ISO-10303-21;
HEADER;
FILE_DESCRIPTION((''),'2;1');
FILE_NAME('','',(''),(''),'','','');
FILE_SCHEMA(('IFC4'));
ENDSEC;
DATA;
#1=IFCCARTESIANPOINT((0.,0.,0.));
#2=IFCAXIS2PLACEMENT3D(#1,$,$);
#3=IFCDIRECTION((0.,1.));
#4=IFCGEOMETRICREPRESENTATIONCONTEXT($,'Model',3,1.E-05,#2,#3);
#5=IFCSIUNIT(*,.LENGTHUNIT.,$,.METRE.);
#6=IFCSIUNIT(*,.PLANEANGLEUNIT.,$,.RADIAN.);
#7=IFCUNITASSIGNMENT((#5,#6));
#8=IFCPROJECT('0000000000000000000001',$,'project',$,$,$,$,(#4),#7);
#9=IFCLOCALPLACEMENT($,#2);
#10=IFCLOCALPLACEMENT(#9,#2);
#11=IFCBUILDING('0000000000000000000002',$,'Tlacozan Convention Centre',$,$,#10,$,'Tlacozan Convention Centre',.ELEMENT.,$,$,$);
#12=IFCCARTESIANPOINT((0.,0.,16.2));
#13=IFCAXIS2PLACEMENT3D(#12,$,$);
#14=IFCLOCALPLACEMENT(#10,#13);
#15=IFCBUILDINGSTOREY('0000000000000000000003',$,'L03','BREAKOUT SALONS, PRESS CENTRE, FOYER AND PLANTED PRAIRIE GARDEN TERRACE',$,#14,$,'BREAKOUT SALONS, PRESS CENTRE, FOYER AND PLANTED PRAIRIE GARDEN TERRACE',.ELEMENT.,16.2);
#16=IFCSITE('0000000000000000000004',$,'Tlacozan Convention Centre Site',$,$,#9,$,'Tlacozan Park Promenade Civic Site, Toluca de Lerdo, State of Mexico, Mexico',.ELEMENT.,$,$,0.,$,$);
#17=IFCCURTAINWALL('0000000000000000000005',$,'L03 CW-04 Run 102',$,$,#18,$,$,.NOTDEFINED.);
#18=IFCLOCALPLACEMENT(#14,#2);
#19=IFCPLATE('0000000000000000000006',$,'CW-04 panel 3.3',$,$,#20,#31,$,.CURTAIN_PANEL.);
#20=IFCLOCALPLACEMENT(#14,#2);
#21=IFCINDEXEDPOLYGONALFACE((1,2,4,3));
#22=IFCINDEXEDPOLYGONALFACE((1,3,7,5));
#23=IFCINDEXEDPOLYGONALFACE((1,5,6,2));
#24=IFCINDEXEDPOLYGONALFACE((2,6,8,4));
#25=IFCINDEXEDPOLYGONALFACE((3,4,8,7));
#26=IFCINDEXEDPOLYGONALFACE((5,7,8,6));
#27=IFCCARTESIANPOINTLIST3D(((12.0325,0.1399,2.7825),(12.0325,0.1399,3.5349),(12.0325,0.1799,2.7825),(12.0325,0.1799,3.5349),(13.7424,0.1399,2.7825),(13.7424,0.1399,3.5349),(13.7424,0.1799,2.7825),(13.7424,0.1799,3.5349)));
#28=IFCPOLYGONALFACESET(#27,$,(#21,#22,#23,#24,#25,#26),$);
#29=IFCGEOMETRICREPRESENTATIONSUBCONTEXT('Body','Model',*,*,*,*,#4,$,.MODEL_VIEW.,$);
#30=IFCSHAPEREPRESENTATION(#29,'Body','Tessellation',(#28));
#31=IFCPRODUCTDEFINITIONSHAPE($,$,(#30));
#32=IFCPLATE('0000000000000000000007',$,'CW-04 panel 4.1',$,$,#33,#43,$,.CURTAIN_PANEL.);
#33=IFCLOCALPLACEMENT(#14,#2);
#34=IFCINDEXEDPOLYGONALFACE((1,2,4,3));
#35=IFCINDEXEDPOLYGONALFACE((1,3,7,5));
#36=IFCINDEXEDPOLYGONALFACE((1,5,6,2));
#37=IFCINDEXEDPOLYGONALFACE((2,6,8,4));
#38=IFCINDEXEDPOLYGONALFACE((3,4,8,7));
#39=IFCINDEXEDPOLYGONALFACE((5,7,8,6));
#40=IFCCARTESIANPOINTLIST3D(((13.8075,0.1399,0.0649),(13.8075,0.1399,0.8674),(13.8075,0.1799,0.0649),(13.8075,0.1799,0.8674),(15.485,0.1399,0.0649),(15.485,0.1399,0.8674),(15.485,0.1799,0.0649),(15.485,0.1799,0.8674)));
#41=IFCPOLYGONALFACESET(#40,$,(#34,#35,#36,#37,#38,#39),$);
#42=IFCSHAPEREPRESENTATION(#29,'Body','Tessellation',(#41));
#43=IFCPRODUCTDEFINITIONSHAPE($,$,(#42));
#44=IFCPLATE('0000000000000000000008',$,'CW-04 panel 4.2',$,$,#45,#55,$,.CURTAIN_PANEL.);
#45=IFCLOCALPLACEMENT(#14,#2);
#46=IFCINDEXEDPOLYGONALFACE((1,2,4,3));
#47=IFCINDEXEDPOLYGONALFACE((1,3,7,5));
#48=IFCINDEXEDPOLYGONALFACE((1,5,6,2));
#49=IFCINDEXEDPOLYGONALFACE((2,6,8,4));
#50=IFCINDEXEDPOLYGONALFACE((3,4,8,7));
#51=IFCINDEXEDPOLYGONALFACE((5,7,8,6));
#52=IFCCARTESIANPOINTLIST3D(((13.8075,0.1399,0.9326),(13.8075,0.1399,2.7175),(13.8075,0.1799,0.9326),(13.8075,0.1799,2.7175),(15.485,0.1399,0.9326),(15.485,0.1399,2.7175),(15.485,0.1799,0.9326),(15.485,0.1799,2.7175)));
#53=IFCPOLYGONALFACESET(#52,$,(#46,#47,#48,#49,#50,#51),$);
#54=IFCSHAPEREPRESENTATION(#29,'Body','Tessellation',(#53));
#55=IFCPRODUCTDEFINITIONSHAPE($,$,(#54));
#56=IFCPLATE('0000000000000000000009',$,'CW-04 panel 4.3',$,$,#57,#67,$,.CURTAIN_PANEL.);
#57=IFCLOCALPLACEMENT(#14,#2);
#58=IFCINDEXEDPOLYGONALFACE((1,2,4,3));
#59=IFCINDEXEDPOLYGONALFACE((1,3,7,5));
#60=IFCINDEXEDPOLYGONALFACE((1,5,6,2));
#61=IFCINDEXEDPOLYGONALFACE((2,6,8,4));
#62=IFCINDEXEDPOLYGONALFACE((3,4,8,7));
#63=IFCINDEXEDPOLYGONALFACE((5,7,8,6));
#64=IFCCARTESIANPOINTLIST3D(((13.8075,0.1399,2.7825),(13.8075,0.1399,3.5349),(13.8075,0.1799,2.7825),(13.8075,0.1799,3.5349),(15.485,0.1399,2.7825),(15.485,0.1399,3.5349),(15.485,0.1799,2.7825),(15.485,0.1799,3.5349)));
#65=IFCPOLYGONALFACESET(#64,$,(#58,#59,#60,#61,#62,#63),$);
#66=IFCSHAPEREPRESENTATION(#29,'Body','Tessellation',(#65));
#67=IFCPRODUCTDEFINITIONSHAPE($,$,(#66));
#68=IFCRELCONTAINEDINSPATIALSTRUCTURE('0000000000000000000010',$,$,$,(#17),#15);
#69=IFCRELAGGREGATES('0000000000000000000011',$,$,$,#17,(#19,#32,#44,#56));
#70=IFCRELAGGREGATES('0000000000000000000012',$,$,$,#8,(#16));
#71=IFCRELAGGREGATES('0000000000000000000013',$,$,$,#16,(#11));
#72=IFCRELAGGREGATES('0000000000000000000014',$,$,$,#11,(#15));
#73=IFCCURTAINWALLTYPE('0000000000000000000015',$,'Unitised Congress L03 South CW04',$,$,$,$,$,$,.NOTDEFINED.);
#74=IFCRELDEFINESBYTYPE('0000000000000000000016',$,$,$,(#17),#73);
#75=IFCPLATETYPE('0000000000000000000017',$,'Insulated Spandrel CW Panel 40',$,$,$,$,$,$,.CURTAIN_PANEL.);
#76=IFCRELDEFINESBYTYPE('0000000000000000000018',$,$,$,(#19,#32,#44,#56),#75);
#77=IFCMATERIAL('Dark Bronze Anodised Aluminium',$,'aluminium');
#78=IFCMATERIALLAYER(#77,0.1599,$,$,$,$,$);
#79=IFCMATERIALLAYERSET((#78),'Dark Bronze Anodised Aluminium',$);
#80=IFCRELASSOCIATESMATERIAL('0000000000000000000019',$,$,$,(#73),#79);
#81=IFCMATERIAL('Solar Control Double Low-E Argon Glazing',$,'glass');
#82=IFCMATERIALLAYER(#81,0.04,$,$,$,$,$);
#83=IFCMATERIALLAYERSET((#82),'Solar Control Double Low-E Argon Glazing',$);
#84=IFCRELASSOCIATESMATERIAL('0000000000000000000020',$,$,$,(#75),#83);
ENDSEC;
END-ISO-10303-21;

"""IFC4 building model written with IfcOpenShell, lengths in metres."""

from ifc_helpers import new_model, si_unit, direction, frame, origin, origin_2d, place, context, subcontext, project, spatial, rectangle, extrude, material, layer, layer_set, type_object, element, aggregate, save


model = new_model("IFC4")

# Units and contexts
model_context = context("Model", 3, precision=1e-05, world=origin(), true_north=direction((0.0, 1.0)))
body_context = subcontext(model_context, "Body", "Model", "MODEL_VIEW")
ifc_project = project(units=[si_unit("LENGTHUNIT", "METRE"), si_unit("PLANEANGLEUNIT", "RADIAN")], contexts=[model_context])

# Site, building, storey
site_placement = place(None, origin())
site = spatial("IfcSite", under=ifc_project, at=site_placement, Name="Tlacozan Convention Centre Site", LongName="Tlacozan Park Promenade Civic Site, Toluca de Lerdo, State of Mexico, Mexico", CompositionType="ELEMENT", RefElevation=0.0)
building_placement = place(site_placement, origin())
building = spatial("IfcBuilding", under=site, at=building_placement, Name="Tlacozan Convention Centre", LongName="Tlacozan Convention Centre", CompositionType="ELEMENT")
storey_placement = place(building_placement, frame((0.0, 0.0, 16.2)))
storey = spatial("IfcBuildingStorey", under=building, at=storey_placement, Name="L03", Description="BREAKOUT SALONS, PRESS CENTRE, FOYER AND PLANTED PRAIRIE GARDEN TERRACE", LongName="BREAKOUT SALONS, PRESS CENTRE, FOYER AND PLANTED PRAIRIE GARDEN TERRACE", CompositionType="ELEMENT", Elevation=16.2)

# Curtain wall
ifc_material_1 = material(Name="Dark Bronze Anodised Aluminium", Category="aluminium")
ifc_layer_1 = layer(ifc_material_1, 0.1599)
ifc_layer_set_1 = layer_set([ifc_layer_1], Name="Dark Bronze Anodised Aluminium")
curtain_wall_type = type_object("IfcCurtainWallType", Name="Unitised Congress L03 South CW04", PredefinedType="NOTDEFINED", material=ifc_layer_set_1)
curtain_wall_placement = place(storey_placement, origin())
curtain_wall = element("IfcCurtainWall", 1, at=curtain_wall_placement, inside=storey, type_object=curtain_wall_type, Name="L03 CW-04 Run 102", PredefinedType="NOTDEFINED")

# Plates
ifc_material_2 = material(Name="Solar Control Double Low-E Argon Glazing", Category="glass")
ifc_layer_2 = layer(ifc_material_2, 0.04)
ifc_layer_set_2 = layer_set([ifc_layer_2], Name="Solar Control Double Low-E Argon Glazing")
plate_type = type_object("IfcPlateType", Name="Insulated Spandrel CW Panel 40", PredefinedType="CURTAIN_PANEL", material=ifc_layer_set_2)
plate_1_placement = place(storey_placement, frame((12.8875, 0.1599, 2.7825), z_axis=(0.0, 0.0, 1.0), x_axis=(1.0, 0.0, 0.0)))
plate_1 = element("IfcPlate", 2, at=plate_1_placement, type_object=plate_type, Name="CW-04 panel 3.3", PredefinedType="CURTAIN_PANEL", context=body_context, shape_type="SweptSolid", body=[
    extrude(rectangle(XDim=1.71, YDim=0.04, at=origin_2d()), origin(), (0.0, 0.0, 1.0), 0.7524),
])
plate_2_placement = place(storey_placement, frame((14.6462, 0.1599, 0.0649), z_axis=(0.0, 0.0, 1.0), x_axis=(1.0, 0.0, 0.0)))
plate_2 = element("IfcPlate", 3, at=plate_2_placement, type_object=plate_type, Name="CW-04 panel 4.1", PredefinedType="CURTAIN_PANEL", context=body_context, shape_type="SweptSolid", body=[
    extrude(rectangle(XDim=1.6775, YDim=0.04, at=origin_2d()), origin(), (0.0, 0.0, 1.0), 0.8025),
])
plate_3_placement = place(storey_placement, frame((14.6462, 0.1599, 0.9326), z_axis=(0.0, 0.0, 1.0), x_axis=(1.0, 0.0, 0.0)))
plate_3 = element("IfcPlate", 4, at=plate_3_placement, type_object=plate_type, Name="CW-04 panel 4.2", PredefinedType="CURTAIN_PANEL", context=body_context, shape_type="SweptSolid", body=[
    extrude(rectangle(XDim=1.6775, YDim=0.04, at=origin_2d()), origin(), (0.0, 0.0, 1.0), 1.7849),
])
plate_4_placement = place(storey_placement, frame((14.6462, 0.1599, 2.7825), z_axis=(0.0, 0.0, 1.0), x_axis=(1.0, 0.0, 0.0)))
plate_4 = element("IfcPlate", 5, at=plate_4_placement, type_object=plate_type, Name="CW-04 panel 4.3", PredefinedType="CURTAIN_PANEL", context=body_context, shape_type="SweptSolid", body=[
    extrude(rectangle(XDim=1.6775, YDim=0.04, at=origin_2d()), origin(), (0.0, 0.0, 1.0), 0.7524),
])
aggregate(curtain_wall, [plate_1, plate_2, plate_3, plate_4])

save(model, "model.ifc")
